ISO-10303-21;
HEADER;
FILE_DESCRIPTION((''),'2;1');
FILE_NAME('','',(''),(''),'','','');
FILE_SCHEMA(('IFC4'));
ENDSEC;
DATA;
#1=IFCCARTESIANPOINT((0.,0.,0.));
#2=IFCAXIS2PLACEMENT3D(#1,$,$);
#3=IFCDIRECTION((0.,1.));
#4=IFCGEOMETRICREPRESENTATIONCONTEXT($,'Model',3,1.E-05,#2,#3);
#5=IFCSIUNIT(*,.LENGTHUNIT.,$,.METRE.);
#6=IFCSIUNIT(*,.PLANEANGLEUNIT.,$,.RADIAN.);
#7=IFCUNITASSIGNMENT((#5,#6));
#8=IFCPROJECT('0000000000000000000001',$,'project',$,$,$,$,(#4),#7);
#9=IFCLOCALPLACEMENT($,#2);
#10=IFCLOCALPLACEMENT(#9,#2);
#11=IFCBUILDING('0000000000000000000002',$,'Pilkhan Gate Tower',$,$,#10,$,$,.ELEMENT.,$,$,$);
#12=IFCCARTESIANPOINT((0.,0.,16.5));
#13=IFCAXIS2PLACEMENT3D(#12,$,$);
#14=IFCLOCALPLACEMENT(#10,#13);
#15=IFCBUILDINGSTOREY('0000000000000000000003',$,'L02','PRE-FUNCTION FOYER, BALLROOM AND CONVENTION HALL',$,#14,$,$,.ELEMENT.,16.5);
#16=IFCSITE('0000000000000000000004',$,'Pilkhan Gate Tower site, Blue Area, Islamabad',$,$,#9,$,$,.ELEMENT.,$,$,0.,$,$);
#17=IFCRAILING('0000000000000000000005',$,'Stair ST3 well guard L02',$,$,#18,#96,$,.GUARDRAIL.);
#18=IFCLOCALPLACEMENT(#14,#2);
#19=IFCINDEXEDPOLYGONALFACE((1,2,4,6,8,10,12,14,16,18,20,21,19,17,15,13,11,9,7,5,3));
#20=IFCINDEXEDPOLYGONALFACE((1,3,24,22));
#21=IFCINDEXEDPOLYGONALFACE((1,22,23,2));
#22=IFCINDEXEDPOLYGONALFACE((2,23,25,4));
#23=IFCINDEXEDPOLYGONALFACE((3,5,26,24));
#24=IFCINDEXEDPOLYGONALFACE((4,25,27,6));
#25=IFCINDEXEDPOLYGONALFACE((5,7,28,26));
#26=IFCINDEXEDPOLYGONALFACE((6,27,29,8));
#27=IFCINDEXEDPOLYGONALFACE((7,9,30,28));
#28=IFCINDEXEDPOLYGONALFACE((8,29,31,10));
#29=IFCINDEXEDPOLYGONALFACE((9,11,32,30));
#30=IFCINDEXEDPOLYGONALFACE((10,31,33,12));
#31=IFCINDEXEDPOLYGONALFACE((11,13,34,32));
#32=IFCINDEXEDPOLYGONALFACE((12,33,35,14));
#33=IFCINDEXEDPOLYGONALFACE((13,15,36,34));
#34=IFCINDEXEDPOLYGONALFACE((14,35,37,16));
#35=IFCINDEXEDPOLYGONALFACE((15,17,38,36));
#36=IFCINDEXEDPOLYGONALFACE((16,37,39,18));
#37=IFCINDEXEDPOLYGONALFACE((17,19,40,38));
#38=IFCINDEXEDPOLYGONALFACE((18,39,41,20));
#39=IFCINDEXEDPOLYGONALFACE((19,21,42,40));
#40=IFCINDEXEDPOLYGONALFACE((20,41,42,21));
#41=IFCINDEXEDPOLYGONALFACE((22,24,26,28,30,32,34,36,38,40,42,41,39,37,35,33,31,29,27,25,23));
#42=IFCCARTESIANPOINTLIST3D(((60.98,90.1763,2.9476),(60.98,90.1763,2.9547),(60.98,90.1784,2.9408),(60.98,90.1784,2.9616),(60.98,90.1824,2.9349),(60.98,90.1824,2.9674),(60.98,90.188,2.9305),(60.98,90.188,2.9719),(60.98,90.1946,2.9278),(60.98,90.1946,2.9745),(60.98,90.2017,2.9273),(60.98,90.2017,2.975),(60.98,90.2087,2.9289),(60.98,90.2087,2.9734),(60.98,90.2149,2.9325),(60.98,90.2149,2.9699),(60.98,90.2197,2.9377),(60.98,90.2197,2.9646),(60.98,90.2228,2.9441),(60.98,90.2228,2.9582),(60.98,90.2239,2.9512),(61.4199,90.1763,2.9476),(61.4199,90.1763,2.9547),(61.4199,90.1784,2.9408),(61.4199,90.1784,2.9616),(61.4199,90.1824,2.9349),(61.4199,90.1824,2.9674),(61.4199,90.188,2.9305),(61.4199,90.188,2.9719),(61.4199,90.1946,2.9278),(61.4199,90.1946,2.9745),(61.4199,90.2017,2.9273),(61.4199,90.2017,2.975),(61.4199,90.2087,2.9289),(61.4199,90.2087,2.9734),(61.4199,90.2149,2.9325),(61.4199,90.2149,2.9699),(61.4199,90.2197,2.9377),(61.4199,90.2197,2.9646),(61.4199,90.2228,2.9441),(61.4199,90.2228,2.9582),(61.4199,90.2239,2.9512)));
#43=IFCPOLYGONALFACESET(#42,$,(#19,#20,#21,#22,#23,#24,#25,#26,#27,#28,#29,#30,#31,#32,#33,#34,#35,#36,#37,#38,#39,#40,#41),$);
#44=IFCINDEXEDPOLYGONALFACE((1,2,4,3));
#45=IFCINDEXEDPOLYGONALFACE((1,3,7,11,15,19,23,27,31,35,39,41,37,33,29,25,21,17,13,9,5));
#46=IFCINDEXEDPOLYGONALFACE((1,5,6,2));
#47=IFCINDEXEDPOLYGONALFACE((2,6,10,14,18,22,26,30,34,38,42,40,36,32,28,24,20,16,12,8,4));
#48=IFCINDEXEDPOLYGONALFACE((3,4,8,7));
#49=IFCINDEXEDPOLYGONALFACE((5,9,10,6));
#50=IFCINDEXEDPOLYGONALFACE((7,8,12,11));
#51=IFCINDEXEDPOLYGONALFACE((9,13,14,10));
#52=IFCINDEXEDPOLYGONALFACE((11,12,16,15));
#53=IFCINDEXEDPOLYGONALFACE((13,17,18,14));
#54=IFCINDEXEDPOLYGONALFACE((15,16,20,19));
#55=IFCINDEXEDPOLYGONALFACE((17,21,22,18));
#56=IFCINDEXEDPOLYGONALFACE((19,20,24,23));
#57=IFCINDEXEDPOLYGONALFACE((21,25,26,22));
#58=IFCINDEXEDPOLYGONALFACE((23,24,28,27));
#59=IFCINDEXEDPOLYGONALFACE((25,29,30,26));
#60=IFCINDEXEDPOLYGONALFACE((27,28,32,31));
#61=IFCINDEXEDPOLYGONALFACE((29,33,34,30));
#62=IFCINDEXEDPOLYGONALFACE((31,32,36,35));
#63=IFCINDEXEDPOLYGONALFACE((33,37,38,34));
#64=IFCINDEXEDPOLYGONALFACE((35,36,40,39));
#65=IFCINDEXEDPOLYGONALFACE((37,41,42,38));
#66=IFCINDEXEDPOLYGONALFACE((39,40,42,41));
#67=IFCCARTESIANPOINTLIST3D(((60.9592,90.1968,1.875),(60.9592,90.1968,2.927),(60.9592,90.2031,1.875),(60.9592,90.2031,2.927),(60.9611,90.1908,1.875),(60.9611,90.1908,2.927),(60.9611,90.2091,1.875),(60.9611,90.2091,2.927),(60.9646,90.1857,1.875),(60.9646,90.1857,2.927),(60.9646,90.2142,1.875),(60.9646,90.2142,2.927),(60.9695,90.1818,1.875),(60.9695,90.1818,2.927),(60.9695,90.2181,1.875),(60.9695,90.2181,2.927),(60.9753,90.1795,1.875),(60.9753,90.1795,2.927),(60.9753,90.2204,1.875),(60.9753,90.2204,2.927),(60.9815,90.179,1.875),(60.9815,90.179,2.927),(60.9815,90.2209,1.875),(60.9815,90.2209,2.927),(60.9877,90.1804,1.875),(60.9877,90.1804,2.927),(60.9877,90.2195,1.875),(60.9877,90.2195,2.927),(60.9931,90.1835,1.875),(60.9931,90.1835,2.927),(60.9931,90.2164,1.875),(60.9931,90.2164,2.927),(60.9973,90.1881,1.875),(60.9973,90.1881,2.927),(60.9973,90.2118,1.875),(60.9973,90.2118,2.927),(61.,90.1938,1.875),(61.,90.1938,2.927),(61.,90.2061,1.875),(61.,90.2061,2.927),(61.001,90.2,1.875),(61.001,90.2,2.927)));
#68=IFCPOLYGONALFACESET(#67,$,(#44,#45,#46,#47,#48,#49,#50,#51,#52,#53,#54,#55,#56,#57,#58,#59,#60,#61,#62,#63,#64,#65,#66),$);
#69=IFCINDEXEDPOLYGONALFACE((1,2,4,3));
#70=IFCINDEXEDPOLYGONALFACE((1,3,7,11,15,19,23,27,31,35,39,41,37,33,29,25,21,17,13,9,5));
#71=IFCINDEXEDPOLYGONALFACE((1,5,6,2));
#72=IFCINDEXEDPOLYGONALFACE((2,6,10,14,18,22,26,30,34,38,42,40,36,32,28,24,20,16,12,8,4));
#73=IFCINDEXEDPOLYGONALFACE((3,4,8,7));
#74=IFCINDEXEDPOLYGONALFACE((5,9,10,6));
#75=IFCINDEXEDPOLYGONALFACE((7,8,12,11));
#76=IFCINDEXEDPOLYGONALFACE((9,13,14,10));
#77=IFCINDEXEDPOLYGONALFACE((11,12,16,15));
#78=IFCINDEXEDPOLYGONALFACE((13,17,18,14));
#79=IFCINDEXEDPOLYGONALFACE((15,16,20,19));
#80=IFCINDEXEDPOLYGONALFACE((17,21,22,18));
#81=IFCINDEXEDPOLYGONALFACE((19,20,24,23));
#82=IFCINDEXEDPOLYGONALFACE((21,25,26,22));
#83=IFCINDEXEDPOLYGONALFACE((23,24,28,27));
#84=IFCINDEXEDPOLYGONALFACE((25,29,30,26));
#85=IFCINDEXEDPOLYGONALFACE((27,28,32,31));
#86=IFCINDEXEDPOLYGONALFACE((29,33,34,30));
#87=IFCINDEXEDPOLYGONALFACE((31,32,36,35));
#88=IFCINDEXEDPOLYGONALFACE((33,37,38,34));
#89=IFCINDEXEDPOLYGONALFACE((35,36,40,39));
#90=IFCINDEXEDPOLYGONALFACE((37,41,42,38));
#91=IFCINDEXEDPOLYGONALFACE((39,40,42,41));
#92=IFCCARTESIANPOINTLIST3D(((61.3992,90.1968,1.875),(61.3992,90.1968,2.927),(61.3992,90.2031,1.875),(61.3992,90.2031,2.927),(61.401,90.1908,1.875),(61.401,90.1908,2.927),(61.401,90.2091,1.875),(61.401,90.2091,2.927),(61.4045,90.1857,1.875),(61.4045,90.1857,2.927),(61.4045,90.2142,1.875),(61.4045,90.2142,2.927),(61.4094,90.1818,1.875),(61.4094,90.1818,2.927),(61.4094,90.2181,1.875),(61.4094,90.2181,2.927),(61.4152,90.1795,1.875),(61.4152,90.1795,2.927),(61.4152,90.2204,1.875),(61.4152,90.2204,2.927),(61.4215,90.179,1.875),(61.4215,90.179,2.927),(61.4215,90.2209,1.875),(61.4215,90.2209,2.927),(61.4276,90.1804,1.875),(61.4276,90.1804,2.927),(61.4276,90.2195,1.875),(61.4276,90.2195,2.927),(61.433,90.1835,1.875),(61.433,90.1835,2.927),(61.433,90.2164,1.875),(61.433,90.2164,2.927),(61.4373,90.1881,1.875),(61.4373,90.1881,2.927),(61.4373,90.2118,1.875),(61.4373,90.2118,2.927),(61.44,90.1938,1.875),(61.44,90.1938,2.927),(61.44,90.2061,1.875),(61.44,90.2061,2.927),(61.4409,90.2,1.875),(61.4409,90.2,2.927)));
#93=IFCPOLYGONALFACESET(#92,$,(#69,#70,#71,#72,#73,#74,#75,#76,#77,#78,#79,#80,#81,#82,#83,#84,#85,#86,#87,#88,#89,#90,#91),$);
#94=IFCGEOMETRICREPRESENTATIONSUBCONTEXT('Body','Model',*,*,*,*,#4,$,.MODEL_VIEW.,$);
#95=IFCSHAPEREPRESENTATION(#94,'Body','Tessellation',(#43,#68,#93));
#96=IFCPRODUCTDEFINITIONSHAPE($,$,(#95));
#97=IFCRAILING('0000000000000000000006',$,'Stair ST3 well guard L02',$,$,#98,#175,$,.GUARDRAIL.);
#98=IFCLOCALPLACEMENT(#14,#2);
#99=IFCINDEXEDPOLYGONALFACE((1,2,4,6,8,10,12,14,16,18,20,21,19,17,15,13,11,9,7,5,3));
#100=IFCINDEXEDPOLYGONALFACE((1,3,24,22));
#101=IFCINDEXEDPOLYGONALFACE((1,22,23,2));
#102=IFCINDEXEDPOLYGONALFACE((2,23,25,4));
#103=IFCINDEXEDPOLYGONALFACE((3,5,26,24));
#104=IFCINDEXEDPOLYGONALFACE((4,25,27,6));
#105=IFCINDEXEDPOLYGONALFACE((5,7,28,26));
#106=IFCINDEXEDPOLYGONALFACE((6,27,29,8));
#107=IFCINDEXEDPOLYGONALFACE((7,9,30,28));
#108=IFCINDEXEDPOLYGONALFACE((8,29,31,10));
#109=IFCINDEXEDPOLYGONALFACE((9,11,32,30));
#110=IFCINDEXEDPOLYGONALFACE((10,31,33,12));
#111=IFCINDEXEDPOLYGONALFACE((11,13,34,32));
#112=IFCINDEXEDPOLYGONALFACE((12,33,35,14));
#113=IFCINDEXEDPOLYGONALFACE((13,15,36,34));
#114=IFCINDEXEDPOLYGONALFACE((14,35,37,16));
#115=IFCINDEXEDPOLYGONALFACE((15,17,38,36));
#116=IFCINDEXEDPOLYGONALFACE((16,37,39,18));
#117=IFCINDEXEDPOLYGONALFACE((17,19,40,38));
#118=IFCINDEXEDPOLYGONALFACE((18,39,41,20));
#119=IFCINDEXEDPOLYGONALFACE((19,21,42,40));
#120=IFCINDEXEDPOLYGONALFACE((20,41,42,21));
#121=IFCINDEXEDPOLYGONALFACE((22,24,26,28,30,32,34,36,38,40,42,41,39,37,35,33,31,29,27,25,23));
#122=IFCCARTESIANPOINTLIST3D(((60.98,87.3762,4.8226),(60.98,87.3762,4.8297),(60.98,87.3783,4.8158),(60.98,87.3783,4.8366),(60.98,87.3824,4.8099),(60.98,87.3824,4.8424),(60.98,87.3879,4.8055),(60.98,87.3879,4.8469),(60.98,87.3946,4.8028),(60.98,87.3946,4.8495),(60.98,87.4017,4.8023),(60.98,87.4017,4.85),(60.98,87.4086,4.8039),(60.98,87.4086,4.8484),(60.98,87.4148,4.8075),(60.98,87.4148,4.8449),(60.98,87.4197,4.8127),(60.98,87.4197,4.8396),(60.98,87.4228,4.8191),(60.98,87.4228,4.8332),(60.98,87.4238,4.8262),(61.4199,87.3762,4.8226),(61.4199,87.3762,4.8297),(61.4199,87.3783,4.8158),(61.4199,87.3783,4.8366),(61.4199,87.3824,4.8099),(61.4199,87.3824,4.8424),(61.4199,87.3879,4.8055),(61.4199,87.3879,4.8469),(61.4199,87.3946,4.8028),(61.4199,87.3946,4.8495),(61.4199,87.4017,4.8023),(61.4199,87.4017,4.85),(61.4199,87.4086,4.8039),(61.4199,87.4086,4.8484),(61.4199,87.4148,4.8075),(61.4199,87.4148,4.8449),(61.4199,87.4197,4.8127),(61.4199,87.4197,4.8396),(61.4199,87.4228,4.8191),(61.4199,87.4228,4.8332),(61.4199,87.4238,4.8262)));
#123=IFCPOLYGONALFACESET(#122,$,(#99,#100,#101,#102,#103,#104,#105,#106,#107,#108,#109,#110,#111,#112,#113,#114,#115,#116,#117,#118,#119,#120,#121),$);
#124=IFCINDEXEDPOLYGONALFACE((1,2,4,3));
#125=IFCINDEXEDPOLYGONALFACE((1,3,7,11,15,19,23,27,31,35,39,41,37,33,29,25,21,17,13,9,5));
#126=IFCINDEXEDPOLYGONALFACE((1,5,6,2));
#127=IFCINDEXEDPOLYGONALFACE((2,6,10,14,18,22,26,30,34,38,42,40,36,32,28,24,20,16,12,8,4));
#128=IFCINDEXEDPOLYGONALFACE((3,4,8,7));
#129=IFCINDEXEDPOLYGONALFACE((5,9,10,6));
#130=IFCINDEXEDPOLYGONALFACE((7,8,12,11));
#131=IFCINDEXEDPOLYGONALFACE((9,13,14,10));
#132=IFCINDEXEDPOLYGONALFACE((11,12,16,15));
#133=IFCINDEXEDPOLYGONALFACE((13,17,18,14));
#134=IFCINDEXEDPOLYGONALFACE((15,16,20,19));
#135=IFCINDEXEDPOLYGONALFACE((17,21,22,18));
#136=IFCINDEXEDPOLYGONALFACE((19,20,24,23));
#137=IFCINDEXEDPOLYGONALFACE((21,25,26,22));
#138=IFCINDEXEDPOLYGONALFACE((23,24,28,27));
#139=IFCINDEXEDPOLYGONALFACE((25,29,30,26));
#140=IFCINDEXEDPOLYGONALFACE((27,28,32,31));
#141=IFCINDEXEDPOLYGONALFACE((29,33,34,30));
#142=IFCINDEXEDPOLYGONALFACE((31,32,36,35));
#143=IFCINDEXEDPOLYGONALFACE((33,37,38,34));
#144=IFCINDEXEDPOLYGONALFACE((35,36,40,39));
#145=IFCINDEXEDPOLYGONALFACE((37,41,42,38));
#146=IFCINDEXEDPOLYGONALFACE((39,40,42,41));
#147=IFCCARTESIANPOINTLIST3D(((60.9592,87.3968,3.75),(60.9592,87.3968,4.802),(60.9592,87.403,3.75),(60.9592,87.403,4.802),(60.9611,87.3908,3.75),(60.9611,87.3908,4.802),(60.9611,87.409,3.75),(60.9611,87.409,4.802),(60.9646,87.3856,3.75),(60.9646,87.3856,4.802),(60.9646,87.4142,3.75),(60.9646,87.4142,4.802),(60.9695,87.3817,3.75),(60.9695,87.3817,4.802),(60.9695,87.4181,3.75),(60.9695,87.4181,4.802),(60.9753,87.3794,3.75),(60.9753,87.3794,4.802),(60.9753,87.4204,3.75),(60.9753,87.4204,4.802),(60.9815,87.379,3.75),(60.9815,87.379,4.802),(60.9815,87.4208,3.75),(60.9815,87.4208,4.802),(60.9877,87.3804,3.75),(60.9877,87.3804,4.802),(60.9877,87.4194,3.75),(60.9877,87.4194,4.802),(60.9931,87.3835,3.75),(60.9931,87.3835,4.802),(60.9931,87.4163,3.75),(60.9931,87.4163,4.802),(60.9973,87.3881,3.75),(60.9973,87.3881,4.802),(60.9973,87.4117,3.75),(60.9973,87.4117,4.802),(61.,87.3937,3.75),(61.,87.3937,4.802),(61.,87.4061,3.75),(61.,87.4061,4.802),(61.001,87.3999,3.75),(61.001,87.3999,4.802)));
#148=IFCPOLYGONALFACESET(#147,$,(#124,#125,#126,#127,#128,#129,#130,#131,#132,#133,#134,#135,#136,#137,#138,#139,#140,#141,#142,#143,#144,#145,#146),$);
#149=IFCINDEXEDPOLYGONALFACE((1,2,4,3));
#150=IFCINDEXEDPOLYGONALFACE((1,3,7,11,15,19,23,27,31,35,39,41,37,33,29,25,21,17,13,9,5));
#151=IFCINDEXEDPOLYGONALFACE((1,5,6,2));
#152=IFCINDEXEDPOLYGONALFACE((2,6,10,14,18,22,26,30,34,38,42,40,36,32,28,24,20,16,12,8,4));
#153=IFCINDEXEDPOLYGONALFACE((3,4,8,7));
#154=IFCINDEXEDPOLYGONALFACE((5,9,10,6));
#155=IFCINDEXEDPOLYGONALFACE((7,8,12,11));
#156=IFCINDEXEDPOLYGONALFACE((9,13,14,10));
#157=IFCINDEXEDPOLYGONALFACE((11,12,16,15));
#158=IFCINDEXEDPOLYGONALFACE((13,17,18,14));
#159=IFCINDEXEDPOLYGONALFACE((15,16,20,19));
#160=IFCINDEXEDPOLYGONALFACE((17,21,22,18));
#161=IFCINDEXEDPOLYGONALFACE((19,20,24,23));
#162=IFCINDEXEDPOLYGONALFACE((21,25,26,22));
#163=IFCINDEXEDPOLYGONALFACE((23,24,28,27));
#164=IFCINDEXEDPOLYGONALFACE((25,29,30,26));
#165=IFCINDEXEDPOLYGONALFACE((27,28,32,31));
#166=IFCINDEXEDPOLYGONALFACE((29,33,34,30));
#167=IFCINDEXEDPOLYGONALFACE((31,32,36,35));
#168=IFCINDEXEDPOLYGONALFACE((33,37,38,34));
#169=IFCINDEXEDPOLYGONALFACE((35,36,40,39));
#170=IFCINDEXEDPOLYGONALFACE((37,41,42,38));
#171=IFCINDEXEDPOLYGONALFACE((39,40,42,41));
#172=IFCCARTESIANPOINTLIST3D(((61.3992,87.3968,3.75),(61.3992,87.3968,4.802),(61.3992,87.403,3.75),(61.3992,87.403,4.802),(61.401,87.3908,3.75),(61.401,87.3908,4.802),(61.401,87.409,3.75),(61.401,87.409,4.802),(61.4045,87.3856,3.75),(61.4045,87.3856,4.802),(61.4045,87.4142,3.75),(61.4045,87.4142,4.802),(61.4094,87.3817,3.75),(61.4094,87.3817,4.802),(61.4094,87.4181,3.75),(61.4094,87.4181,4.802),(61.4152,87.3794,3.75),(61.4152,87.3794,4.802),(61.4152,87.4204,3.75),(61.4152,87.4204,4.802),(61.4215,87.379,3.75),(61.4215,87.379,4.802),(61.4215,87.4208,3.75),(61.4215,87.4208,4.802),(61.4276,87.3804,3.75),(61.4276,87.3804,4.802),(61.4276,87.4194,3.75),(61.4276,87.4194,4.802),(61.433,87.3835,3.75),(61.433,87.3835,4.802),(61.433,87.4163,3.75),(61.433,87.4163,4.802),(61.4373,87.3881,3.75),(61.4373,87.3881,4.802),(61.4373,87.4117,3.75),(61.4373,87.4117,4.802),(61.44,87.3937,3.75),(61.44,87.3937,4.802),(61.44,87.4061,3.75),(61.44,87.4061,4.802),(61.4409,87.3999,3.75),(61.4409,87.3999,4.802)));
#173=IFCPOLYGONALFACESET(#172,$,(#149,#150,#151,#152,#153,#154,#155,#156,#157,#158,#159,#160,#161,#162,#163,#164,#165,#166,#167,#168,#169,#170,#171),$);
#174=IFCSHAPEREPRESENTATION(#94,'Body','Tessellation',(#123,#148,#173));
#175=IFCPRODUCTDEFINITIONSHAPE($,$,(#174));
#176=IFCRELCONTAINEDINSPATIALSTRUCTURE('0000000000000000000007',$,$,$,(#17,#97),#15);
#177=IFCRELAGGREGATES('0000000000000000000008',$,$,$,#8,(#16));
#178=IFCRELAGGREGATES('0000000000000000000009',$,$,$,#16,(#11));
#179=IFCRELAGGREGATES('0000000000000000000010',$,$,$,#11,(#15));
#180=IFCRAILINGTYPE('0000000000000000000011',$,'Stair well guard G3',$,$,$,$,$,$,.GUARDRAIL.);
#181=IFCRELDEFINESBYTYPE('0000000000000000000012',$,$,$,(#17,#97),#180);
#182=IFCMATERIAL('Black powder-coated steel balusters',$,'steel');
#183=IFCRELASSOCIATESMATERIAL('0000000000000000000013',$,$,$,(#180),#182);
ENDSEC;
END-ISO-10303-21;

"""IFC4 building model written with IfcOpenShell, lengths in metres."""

from ifc_helpers import new_model, si_unit, direction, frame, origin, origin_2d, place, context, subcontext, project, spatial, circle, extrude, material, type_object, element, save


model = new_model("IFC4")

# Units and contexts
model_context = context("Model", 3, precision=1e-05, world=origin(), true_north=direction((0.0, 1.0)))
body_context = subcontext(model_context, "Body", "Model", "MODEL_VIEW")
ifc_project = project(units=[si_unit("LENGTHUNIT", "METRE"), si_unit("PLANEANGLEUNIT", "RADIAN")], contexts=[model_context])

# Site, building, storey
site_placement = place(None, origin())
site = spatial("IfcSite", under=ifc_project, at=site_placement, Name="Pilkhan Gate Tower site, Blue Area, Islamabad", CompositionType="ELEMENT", RefElevation=0.0)
building_placement = place(site_placement, origin())
building = spatial("IfcBuilding", under=site, at=building_placement, Name="Pilkhan Gate Tower", CompositionType="ELEMENT")
storey_placement = place(building_placement, frame((0.0, 0.0, 16.5)))
storey = spatial("IfcBuildingStorey", under=building, at=storey_placement, Name="L02", Description="PRE-FUNCTION FOYER, BALLROOM AND CONVENTION HALL", CompositionType="ELEMENT", Elevation=16.5)

# Railings
ifc_material_1 = material(Name="Black powder-coated steel balusters", Category="steel")
railing_type_1 = type_object("IfcRailingType", Name="Stair well guard G3", PredefinedType="GUARDRAIL", material=ifc_material_1)
for number, where, name in (
    (1, (60.98, 90.2, 1.875), "Stair ST3 well guard L02"),
    (2, (60.98, 87.3999, 3.75), "Stair ST3 well guard L02"),
):
    element("IfcRailing", number, at=place(storey_placement, frame(where)), inside=storey, type_object=railing_type_1, Name=name, PredefinedType="GUARDRAIL", context=body_context, shape_type="SweptSolid", body=[
        extrude(circle(Radius=0.0239, at=origin_2d()), frame((0.0, 0.0, 1.0762), z_axis=(1.0, 0.0, 0.0), x_axis=(0.0, 1.0, 0.0)), (0.0, 0.0, 1.0), 0.4399),
        extrude(circle(Radius=0.021, at=origin_2d()), origin(), (0.0, 0.0, 1.0), 1.052),
        extrude(circle(Radius=0.021, at=origin_2d()), frame((0.4399, 0.0, 0.0)), (0.0, 0.0, 1.0), 1.052),
    ])

save(model, "model.ifc")
